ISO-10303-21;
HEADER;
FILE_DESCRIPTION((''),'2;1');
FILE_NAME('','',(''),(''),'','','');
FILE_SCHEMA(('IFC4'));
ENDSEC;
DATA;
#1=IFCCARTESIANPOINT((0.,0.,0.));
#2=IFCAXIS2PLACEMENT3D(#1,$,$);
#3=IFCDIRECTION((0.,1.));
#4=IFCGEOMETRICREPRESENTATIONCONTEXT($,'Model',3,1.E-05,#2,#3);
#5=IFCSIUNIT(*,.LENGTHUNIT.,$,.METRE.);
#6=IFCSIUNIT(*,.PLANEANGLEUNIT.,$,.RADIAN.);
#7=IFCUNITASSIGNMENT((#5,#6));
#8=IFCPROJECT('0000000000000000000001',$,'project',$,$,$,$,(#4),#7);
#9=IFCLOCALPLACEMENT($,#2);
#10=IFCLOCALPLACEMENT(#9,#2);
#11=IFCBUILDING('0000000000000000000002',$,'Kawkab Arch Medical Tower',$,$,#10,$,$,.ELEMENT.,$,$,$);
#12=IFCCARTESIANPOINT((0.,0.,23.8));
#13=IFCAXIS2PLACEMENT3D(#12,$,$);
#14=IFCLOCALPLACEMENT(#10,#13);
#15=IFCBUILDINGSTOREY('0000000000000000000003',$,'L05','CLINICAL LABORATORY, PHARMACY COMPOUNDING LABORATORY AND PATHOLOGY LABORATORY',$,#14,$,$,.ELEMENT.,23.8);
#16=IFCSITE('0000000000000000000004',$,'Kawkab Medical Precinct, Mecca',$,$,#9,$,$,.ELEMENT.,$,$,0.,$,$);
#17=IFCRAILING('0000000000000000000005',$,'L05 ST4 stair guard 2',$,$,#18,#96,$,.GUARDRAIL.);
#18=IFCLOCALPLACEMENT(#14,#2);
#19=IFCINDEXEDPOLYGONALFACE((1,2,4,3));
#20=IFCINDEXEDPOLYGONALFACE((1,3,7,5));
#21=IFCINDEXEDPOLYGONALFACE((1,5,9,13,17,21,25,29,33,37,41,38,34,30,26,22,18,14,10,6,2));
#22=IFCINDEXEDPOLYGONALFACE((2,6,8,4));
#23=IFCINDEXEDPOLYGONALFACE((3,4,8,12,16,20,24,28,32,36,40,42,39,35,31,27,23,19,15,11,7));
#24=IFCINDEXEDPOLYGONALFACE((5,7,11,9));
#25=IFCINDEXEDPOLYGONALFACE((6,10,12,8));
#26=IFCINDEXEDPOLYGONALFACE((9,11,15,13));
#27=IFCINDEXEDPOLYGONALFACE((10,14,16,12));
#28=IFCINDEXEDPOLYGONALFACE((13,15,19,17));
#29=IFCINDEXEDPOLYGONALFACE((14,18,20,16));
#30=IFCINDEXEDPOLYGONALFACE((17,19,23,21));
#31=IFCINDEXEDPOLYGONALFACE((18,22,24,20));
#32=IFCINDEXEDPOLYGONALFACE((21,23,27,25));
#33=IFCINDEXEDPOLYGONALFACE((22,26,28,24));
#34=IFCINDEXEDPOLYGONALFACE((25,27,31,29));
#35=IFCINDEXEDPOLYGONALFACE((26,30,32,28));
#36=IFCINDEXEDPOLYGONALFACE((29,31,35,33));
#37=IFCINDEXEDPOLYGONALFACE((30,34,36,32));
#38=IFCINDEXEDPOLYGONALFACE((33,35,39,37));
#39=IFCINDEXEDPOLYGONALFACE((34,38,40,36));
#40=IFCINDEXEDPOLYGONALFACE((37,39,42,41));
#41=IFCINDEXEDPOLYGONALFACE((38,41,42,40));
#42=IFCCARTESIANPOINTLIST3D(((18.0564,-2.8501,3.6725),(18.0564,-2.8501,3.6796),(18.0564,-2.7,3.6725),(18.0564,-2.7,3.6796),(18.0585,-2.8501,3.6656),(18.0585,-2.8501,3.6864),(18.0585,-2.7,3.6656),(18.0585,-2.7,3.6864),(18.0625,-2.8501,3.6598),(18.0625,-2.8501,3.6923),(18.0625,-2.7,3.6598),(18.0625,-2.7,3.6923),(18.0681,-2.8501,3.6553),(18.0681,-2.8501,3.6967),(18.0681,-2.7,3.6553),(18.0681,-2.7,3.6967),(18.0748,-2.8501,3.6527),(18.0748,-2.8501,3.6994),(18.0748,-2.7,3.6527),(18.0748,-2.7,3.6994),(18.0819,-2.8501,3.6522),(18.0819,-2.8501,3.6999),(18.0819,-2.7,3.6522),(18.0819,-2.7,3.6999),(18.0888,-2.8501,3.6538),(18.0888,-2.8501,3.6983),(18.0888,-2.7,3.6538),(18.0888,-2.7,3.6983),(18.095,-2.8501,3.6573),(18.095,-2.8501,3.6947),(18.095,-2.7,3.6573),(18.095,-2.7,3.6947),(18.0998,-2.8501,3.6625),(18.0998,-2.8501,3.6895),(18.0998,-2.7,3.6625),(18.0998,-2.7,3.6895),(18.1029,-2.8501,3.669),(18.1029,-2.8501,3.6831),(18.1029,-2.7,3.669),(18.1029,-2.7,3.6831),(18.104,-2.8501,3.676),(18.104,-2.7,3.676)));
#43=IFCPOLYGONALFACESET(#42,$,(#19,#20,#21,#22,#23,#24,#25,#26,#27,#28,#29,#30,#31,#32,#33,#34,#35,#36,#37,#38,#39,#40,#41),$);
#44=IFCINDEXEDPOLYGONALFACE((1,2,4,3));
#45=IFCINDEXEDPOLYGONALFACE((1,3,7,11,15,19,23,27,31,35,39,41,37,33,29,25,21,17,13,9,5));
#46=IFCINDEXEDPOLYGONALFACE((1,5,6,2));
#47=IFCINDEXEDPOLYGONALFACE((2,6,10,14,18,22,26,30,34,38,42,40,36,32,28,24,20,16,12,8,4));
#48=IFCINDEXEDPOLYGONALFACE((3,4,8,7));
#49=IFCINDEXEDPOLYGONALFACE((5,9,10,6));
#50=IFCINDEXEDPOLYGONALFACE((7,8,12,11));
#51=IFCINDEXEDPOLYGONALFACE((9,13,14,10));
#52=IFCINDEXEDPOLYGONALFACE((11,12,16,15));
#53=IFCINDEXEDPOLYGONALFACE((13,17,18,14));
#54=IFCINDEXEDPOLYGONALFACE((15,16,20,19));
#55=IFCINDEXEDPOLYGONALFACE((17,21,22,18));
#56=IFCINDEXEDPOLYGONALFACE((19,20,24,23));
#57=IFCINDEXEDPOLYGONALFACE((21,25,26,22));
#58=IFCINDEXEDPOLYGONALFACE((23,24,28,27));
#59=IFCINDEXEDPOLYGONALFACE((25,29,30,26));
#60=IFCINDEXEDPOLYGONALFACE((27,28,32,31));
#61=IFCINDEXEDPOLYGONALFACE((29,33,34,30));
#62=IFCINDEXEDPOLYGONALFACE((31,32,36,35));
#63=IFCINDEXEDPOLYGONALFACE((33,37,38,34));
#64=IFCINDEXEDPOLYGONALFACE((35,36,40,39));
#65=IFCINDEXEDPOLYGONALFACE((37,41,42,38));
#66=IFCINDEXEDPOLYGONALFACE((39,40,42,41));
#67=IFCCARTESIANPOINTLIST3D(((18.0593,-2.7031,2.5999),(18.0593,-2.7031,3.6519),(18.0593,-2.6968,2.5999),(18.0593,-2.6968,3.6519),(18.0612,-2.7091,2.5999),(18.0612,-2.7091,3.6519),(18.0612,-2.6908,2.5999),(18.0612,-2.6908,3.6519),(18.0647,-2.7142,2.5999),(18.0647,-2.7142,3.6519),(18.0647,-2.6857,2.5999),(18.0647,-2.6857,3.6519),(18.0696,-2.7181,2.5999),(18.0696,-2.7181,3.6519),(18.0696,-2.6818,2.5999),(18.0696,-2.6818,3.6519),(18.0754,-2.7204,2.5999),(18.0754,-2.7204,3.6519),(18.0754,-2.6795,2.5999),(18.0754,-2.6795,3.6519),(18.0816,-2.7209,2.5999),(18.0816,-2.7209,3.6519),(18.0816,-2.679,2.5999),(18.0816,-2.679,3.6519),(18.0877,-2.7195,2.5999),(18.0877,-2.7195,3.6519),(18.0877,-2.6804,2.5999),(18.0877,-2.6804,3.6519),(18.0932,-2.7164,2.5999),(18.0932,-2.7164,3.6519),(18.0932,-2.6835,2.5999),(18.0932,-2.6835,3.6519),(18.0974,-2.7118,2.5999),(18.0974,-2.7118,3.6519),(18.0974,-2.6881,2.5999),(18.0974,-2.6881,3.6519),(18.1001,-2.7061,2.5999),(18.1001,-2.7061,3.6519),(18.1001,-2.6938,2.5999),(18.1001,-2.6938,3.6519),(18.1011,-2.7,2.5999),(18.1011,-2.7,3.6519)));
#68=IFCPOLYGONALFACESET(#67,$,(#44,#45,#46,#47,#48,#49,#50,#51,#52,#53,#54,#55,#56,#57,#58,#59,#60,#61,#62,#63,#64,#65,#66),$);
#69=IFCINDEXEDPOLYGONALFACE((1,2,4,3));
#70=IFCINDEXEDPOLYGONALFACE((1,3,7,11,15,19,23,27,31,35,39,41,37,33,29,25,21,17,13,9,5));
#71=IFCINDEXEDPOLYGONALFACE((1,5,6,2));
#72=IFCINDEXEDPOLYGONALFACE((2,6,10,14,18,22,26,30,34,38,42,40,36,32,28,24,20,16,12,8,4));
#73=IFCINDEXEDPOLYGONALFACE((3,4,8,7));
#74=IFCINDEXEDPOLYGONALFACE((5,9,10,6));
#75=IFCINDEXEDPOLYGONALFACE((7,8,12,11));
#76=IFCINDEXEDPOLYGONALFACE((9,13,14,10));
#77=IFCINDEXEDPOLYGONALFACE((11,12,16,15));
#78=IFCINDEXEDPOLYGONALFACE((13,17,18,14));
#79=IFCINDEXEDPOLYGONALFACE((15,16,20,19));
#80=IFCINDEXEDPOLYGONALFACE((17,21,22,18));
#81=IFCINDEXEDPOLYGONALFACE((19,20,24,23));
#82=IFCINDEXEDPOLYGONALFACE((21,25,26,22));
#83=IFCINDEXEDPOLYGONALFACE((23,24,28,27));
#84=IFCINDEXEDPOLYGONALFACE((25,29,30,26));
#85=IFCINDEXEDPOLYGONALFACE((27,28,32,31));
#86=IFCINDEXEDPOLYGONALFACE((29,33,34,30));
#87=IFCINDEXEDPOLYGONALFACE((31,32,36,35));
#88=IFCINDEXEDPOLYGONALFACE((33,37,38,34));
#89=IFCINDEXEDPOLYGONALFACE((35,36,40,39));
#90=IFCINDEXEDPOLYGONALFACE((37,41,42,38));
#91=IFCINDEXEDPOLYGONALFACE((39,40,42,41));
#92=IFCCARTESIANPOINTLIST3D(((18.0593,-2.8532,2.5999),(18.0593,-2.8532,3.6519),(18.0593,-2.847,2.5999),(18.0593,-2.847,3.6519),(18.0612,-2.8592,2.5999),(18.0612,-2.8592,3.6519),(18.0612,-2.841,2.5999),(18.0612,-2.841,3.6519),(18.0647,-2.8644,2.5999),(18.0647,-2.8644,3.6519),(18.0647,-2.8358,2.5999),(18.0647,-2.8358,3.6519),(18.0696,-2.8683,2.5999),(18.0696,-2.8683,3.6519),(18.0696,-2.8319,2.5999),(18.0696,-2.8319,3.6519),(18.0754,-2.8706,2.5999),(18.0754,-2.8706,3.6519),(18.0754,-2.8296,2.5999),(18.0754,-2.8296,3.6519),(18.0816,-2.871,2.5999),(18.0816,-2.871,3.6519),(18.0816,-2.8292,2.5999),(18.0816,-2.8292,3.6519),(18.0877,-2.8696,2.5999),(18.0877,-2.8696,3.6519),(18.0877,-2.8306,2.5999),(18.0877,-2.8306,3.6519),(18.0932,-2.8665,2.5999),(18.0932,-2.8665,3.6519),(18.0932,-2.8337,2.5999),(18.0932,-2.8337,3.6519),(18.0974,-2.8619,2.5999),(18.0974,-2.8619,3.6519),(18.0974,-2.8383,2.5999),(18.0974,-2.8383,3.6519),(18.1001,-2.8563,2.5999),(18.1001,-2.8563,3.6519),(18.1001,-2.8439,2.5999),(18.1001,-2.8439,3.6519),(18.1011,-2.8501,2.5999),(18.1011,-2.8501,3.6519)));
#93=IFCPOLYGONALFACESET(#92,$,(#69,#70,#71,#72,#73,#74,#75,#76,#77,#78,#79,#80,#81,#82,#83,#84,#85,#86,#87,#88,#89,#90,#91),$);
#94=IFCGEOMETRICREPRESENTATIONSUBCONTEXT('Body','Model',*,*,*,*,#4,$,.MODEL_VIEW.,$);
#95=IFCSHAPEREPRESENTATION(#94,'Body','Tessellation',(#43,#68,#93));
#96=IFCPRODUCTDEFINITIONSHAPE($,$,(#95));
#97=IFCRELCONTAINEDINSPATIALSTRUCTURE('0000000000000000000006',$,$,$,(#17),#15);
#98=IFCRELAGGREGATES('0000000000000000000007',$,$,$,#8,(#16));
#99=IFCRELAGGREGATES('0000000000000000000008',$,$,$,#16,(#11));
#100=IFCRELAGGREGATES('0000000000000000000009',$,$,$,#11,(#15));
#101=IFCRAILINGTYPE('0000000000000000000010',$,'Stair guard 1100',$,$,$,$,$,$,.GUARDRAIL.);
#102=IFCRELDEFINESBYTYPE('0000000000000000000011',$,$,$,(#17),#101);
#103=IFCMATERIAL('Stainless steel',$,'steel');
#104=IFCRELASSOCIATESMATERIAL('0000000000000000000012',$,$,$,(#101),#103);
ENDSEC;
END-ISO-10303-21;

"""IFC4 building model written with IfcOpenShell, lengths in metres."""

from ifc_helpers import new_model, si_unit, direction, frame, origin, origin_2d, place, context, subcontext, project, spatial, circle, extrude, material, type_object, element, save


model = new_model("IFC4")

# Units and contexts
model_context = context("Model", 3, precision=1e-05, world=origin(), true_north=direction((0.0, 1.0)))
body_context = subcontext(model_context, "Body", "Model", "MODEL_VIEW")
ifc_project = project(units=[si_unit("LENGTHUNIT", "METRE"), si_unit("PLANEANGLEUNIT", "RADIAN")], contexts=[model_context])

# Site, building, storey
site_placement = place(None, origin())
site = spatial("IfcSite", under=ifc_project, at=site_placement, Name="Kawkab Medical Precinct, Mecca", CompositionType="ELEMENT", RefElevation=0.0)
building_placement = place(site_placement, origin())
building = spatial("IfcBuilding", under=site, at=building_placement, Name="Kawkab Arch Medical Tower", CompositionType="ELEMENT")
storey_placement = place(building_placement, frame((0.0, 0.0, 23.8)))
storey = spatial("IfcBuildingStorey", under=building, at=storey_placement, Name="L05", Description="CLINICAL LABORATORY, PHARMACY COMPOUNDING LABORATORY AND PATHOLOGY LABORATORY", CompositionType="ELEMENT", Elevation=23.8)

# Railing
ifc_material_1 = material(Name="Stainless steel", Category="steel")
railing_type = type_object("IfcRailingType", Name="Stair guard 1100", PredefinedType="GUARDRAIL", material=ifc_material_1)
railing_1_placement = place(storey_placement, frame((18.0801, -2.7, 2.5999)))
element("IfcRailing", 1, at=railing_1_placement, inside=storey, type_object=railing_type, Name="L05 ST4 stair guard 2", PredefinedType="GUARDRAIL", context=body_context, shape_type="SweptSolid", body=[
    extrude(circle(Radius=0.0239, at=origin_2d()), frame((0.0, 0.0, 1.0762), z_axis=(0.0, -1.0, 0.0), x_axis=(1.0, 0.0, 0.0)), (0.0, 0.0, 1.0), 0.1501),
    extrude(circle(Radius=0.021, at=origin_2d()), origin(), (0.0, 0.0, 1.0), 1.052),
    extrude(circle(Radius=0.021, at=origin_2d()), frame((0.0, -0.1501, 0.0)), (0.0, 0.0, 1.0), 1.052),
])

save(model, "model.ifc")
